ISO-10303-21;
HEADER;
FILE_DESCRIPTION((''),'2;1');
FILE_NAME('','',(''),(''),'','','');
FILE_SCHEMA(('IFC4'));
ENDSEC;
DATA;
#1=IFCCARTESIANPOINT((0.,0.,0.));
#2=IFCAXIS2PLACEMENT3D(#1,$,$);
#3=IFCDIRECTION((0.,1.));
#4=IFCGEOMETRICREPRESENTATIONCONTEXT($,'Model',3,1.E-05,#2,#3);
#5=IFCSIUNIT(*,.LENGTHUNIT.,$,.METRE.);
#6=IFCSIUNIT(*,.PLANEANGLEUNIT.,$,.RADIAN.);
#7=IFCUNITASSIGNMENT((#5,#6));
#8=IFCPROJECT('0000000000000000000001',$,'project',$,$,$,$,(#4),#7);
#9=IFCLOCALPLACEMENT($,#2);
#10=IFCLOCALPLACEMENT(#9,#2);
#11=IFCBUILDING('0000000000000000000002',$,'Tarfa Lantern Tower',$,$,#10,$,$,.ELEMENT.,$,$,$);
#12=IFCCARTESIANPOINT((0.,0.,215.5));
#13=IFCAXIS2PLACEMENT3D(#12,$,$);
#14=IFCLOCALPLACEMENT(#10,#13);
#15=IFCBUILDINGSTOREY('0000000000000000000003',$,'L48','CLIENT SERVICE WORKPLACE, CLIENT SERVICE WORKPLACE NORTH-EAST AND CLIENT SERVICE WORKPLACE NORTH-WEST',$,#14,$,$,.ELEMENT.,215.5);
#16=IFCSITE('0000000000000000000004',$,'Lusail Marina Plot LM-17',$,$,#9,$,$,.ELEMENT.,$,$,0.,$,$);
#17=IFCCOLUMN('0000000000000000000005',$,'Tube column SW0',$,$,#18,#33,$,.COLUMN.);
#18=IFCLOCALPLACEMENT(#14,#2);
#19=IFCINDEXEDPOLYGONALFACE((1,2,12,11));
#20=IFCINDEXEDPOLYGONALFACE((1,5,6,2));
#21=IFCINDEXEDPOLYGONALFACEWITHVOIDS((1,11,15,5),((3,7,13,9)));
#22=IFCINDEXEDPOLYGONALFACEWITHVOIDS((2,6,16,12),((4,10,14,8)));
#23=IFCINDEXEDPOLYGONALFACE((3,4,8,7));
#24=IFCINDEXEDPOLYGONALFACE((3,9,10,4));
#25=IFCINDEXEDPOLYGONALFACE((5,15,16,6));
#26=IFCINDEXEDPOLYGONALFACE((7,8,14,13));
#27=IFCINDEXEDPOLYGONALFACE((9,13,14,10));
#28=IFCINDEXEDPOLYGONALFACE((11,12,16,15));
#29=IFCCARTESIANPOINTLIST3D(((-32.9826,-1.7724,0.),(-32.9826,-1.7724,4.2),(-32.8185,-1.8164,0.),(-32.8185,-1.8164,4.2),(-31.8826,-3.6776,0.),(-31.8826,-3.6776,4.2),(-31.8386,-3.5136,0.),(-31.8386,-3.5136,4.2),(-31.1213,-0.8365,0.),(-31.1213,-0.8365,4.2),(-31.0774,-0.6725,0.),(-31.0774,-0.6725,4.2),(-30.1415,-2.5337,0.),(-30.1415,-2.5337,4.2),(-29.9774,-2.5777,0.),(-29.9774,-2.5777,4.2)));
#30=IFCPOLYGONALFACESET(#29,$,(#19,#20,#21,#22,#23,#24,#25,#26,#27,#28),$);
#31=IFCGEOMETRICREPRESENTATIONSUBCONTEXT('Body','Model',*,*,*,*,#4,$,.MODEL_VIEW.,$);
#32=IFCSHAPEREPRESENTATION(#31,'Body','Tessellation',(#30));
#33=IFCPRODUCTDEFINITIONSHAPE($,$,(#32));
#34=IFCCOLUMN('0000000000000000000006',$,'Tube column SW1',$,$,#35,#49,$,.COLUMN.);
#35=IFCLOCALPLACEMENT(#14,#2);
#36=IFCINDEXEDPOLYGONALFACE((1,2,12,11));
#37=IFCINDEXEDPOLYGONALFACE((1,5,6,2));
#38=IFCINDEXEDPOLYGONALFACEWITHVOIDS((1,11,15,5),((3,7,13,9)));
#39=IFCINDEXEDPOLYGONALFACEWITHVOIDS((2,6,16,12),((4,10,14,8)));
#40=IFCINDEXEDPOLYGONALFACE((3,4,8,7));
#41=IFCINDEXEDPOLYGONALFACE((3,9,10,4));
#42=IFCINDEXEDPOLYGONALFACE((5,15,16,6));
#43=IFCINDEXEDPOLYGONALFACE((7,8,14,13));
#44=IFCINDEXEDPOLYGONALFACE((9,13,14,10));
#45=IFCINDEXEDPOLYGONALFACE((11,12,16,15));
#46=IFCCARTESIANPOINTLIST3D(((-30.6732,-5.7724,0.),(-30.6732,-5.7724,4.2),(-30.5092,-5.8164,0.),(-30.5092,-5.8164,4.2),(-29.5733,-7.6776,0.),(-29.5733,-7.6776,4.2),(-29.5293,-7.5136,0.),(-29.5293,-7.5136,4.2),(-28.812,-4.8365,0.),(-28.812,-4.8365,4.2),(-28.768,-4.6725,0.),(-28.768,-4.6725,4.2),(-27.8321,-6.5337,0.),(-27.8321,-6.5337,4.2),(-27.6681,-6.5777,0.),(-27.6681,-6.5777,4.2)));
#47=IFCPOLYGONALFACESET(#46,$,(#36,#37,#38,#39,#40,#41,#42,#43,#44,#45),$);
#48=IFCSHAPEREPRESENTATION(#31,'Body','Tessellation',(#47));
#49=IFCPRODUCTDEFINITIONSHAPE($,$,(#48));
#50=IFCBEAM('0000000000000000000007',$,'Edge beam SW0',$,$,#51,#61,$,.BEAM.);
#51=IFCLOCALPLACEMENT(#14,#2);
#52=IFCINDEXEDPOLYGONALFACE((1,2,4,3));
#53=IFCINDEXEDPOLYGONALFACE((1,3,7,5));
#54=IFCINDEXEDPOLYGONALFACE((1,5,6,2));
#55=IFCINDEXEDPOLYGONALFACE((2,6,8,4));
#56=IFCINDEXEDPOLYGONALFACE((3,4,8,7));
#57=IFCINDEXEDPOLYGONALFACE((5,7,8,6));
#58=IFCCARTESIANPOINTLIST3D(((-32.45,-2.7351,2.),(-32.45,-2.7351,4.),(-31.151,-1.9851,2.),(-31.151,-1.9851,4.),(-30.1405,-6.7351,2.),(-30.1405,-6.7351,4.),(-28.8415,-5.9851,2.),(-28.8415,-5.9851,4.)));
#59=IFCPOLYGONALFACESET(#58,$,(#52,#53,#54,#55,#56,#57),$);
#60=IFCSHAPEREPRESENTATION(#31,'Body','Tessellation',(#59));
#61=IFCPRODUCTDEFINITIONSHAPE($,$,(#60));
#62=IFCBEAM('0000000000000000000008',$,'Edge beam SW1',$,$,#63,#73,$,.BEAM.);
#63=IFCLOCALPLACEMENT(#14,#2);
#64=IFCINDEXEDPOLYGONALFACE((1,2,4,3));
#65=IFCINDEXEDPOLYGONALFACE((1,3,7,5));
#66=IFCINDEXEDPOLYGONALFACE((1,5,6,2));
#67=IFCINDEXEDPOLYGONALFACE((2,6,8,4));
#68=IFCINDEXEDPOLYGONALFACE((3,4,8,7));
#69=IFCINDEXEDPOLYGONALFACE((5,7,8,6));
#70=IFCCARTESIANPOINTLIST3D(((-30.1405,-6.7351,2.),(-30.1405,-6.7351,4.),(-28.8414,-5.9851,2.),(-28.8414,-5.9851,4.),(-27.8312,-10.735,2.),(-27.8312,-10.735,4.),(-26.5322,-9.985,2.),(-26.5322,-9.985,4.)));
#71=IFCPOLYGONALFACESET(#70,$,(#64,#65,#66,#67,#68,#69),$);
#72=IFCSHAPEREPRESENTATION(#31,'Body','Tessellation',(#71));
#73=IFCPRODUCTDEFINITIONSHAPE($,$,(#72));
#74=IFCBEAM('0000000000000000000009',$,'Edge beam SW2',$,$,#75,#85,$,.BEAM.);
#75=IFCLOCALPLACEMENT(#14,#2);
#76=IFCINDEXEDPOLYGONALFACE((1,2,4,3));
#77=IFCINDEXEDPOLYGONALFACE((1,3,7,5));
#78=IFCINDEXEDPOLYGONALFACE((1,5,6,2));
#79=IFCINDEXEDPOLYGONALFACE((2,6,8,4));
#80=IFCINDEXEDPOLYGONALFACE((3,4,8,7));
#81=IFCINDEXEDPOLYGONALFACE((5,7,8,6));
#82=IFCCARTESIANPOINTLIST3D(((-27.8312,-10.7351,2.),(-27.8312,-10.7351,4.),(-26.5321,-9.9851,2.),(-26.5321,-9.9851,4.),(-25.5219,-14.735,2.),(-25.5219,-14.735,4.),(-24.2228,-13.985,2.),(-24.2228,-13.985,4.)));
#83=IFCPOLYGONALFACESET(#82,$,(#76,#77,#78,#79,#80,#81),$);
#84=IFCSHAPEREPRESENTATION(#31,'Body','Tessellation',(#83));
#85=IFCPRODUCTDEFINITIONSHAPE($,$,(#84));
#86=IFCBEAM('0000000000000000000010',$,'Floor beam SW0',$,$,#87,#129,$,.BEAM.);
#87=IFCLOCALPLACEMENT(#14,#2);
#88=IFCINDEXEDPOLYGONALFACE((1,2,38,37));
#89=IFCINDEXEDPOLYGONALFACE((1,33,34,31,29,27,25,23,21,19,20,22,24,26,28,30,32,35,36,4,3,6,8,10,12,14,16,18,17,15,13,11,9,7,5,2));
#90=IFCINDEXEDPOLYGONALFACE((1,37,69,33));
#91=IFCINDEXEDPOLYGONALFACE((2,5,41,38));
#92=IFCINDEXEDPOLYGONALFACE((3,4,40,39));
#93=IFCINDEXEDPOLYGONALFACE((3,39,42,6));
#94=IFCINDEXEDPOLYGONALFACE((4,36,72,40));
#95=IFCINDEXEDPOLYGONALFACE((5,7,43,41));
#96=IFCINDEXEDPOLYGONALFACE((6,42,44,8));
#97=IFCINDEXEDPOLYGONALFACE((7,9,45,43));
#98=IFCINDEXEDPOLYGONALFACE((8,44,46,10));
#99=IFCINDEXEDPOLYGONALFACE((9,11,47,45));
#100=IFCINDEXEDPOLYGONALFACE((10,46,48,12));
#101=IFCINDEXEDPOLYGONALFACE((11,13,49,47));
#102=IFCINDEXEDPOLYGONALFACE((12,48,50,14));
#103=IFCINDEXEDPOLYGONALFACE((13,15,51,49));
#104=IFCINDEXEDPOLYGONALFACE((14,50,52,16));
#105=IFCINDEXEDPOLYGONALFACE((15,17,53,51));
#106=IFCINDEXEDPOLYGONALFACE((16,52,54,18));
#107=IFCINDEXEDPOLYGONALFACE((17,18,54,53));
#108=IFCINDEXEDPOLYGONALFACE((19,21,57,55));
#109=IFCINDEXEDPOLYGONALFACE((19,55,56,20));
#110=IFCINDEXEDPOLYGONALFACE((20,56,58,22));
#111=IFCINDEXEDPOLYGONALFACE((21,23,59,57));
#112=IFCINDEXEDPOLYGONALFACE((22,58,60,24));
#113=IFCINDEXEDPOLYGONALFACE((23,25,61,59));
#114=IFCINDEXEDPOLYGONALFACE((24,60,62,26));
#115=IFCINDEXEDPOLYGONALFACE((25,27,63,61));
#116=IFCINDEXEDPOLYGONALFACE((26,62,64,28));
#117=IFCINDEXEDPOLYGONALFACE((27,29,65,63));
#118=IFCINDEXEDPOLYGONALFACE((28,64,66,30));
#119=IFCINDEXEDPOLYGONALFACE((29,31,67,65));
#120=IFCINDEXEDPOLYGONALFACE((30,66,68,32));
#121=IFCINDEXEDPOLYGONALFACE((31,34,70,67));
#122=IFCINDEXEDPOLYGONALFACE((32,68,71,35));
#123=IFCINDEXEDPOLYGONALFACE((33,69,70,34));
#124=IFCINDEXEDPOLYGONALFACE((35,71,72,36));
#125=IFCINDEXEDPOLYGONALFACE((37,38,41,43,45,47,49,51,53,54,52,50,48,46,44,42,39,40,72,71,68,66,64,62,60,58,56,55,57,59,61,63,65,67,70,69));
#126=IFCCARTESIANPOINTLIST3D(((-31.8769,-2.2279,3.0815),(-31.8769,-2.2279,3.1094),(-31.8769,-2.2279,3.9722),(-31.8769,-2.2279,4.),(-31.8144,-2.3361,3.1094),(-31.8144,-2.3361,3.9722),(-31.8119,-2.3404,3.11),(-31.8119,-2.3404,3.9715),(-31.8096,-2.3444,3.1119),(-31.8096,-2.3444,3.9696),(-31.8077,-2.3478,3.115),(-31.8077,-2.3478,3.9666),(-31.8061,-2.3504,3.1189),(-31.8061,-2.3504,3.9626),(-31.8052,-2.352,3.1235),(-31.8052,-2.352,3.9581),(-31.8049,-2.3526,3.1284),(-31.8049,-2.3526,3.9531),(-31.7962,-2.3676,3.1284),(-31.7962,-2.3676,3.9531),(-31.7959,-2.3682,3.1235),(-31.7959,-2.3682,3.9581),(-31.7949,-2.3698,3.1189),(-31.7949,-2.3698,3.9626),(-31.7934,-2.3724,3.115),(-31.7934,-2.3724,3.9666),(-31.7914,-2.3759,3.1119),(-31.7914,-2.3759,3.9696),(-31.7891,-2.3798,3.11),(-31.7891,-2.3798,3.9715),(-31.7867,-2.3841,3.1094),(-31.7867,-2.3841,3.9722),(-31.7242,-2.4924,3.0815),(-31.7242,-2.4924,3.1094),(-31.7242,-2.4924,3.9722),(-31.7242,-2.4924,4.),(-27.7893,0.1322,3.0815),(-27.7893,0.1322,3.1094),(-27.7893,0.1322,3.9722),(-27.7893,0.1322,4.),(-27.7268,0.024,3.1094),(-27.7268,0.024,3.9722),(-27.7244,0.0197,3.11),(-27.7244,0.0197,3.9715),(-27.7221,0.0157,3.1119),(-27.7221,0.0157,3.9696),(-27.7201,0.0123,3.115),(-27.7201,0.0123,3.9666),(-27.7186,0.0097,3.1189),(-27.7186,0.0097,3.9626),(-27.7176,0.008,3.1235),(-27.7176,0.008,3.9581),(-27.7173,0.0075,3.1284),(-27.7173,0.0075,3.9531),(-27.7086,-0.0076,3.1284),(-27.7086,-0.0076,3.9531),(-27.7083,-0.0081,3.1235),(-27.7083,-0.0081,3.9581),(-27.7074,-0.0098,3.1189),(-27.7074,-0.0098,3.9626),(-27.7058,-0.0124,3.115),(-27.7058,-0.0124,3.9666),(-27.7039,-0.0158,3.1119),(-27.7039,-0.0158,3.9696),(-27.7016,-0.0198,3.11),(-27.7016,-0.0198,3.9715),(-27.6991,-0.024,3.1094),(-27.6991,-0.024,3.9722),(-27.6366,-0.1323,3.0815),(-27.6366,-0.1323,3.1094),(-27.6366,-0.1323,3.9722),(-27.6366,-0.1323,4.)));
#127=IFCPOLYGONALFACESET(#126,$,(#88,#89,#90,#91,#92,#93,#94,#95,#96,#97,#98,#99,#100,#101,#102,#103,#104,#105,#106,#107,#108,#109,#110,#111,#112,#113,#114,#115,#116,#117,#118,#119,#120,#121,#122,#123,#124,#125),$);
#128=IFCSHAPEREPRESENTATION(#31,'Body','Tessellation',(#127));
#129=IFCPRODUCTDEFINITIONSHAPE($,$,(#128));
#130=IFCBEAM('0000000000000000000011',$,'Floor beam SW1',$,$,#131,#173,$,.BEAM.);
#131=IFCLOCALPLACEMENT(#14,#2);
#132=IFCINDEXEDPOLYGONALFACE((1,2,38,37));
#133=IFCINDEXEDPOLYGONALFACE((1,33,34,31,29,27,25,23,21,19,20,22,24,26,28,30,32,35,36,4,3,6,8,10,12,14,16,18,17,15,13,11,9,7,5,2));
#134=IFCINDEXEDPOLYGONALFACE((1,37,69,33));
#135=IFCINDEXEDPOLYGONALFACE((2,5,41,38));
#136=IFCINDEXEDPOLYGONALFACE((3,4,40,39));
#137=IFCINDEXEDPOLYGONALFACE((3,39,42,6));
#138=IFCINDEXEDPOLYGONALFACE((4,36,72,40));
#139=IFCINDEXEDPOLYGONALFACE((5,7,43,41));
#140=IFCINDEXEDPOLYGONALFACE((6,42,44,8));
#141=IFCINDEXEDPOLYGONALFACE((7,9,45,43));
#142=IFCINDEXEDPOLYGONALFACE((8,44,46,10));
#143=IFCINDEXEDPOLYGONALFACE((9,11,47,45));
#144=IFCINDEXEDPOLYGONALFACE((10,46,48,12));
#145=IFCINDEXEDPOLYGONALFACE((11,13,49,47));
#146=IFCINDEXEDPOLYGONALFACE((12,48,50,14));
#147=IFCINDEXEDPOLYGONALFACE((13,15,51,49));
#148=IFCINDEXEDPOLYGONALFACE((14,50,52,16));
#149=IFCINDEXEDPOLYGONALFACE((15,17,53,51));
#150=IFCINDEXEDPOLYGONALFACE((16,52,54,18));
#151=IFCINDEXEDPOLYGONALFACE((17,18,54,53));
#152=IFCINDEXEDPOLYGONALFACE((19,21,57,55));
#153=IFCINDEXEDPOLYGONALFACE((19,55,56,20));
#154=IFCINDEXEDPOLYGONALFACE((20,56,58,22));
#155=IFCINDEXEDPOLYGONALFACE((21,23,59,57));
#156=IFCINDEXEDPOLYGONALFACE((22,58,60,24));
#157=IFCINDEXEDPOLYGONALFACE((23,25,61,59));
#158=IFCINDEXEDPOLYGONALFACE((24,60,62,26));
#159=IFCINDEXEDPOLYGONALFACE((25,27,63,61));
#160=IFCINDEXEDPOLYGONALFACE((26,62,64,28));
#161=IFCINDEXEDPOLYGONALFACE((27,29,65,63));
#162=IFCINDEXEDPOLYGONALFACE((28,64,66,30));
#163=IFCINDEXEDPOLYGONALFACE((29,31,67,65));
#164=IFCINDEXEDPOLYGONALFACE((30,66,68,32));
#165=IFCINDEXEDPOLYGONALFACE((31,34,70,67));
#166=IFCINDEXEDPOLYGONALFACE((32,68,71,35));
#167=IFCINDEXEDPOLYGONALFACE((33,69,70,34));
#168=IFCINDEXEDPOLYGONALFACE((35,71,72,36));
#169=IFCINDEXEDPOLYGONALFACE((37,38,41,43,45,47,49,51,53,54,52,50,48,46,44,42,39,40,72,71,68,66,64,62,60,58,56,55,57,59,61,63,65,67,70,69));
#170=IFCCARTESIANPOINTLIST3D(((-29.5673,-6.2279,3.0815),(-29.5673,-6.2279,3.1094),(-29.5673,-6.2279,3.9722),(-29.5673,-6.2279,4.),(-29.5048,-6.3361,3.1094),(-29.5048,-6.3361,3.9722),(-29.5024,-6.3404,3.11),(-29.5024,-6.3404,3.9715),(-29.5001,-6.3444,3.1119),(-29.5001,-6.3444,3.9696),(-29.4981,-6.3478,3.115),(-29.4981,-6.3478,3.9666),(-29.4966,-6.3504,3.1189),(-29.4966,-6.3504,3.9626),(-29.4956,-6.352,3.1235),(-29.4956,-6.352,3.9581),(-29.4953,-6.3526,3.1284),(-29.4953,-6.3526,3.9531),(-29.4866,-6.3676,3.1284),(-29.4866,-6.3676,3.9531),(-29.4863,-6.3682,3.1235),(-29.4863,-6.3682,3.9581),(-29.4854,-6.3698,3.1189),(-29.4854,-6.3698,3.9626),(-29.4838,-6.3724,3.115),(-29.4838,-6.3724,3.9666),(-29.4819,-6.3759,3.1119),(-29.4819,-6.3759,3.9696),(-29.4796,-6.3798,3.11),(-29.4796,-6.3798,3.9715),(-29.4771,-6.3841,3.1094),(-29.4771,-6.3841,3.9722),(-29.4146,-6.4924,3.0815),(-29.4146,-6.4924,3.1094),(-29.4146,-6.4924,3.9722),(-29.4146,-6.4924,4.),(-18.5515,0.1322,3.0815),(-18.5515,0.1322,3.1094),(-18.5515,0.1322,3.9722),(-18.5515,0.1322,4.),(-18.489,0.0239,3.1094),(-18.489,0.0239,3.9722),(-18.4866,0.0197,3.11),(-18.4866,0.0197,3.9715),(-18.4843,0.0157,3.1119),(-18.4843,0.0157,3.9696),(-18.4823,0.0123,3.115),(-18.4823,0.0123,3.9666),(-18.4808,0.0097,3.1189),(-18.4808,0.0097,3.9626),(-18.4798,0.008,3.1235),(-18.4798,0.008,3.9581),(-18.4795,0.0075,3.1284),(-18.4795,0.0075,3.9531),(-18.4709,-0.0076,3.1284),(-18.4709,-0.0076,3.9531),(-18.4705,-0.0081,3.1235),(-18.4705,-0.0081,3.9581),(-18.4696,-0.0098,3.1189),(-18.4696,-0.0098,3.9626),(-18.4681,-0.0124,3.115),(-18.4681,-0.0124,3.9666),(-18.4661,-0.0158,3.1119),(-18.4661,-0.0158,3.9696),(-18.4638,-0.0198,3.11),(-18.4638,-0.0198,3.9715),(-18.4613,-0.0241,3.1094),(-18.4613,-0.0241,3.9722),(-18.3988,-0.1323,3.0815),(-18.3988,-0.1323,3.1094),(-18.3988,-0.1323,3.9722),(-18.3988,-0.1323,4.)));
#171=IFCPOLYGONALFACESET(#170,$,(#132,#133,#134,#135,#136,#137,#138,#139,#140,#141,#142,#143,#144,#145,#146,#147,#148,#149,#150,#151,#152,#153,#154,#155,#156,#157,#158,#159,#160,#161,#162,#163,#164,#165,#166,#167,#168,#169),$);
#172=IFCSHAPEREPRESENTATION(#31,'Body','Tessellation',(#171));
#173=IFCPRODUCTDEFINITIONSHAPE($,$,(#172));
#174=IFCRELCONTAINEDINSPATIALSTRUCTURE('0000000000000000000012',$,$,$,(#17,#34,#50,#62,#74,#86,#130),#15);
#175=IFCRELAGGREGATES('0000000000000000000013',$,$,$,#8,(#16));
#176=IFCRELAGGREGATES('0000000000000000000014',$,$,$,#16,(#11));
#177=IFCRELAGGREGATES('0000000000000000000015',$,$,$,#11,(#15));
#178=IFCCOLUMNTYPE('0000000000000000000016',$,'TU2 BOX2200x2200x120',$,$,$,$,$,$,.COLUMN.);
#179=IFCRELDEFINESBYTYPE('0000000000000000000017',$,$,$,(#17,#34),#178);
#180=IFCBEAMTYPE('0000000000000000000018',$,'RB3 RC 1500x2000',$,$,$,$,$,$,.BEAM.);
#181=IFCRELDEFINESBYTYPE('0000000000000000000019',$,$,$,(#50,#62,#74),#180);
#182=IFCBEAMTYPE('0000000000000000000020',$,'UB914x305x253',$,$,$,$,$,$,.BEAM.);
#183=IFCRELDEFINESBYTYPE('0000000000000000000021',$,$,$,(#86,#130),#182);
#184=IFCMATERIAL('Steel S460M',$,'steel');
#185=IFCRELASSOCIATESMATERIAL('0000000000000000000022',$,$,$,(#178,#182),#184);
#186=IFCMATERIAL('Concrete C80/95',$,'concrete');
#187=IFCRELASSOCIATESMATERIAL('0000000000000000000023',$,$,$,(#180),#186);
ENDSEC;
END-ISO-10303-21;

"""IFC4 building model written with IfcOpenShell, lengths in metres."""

from ifc_helpers import new_model, si_unit, direction, frame, origin, origin_2d, place, context, subcontext, project, spatial, rectangle, hollow_rectangle, i_section, extrude, material, material_profile, profile_set, type_object, element, save


model = new_model("IFC4")

# Units and contexts
model_context = context("Model", 3, precision=1e-05, world=origin(), true_north=direction((0.0, 1.0)))
body_context = subcontext(model_context, "Body", "Model", "MODEL_VIEW")
ifc_project = project(units=[si_unit("LENGTHUNIT", "METRE"), si_unit("PLANEANGLEUNIT", "RADIAN")], contexts=[model_context])

# Site, building, storey
site_placement = place(None, origin())
site = spatial("IfcSite", under=ifc_project, at=site_placement, Name="Lusail Marina Plot LM-17", CompositionType="ELEMENT", RefElevation=0.0)
building_placement = place(site_placement, origin())
building = spatial("IfcBuilding", under=site, at=building_placement, Name="Tarfa Lantern Tower", CompositionType="ELEMENT")
storey_placement = place(building_placement, frame((0.0, 0.0, 215.5)))
storey = spatial("IfcBuildingStorey", under=building, at=storey_placement, Name="L48", Description="CLIENT SERVICE WORKPLACE, CLIENT SERVICE WORKPLACE NORTH-EAST AND CLIENT SERVICE WORKPLACE NORTH-WEST", CompositionType="ELEMENT", Elevation=215.5)

# Columns
ifc_material_1 = material(Name="Steel S460M", Category="steel")
ifc_material_profile_1 = material_profile(ifc_material_1, hollow_rectangle(XDim=2.2, YDim=2.2, WallThickness=0.1201, at=origin_2d()), Name="BOX2200x2200x120")
ifc_profile_set_1 = profile_set([ifc_material_profile_1], Name="Steel S460M")
column_type = type_object("IfcColumnType", Name="TU2 BOX2200x2200x120", PredefinedType="COLUMN", material=ifc_profile_set_1)
for number, where, z_axis, x_axis, name in (
    (1, (-31.48, -2.175, 0.0), (0.0, 0.0, 1.0), (0.5, -0.866025, 0.0), "Tube column SW0"),
    (2, (-29.1707, -6.175, 0.0), (0.0, 0.0, 1.0), (0.5, -0.866025, 0.0), "Tube column SW1"),
):
    element("IfcColumn", number, at=place(storey_placement, frame(where, z_axis=z_axis, x_axis=x_axis)), inside=storey, type_object=column_type, Name=name, PredefinedType="COLUMN", context=body_context, shape_type="SweptSolid", body=[
        extrude(hollow_rectangle(XDim=2.2, YDim=2.2, WallThickness=0.1201, at=origin_2d()), origin(), (0.0, 0.0, 1.0), 4.2),
    ])

# Beams
ifc_material_2 = material(Name="Concrete C80/95", Category="concrete")
ifc_material_profile_2 = material_profile(ifc_material_2, rectangle(XDim=1.5, YDim=2.0, at=origin_2d()), Name="RC 1500x2000")
ifc_profile_set_2 = profile_set([ifc_material_profile_2], Name="Concrete C80/95")
beam_type_1 = type_object("IfcBeamType", Name="RB3 RC 1500x2000", PredefinedType="BEAM", material=ifc_profile_set_2)
beam_1_placement = place(storey_placement, frame((-31.8005, -2.3601, 3.0), z_axis=(0.500027, -0.86601, 0.0), x_axis=(0.86601, 0.500027, 0.0)))
element("IfcBeam", 3, at=beam_1_placement, inside=storey, type_object=beam_type_1, Name="Edge beam SW0", PredefinedType="BEAM", context=body_context, shape_type="SweptSolid", body=[
    extrude(rectangle(XDim=1.5, YDim=2.0, at=origin_2d()), origin(), (0.0, 0.0, 1.0), 4.6189),
])
for number, where, z_axis, x_axis, name in (
    (4, (-29.491, -6.3601, 3.0), (0.499988, -0.866032, 0.0), (0.866032, 0.499988, 0.0), "Edge beam SW1"),
    (5, (-27.1816, -10.3601, 3.0), (0.499988, -0.866032, 0.0), (0.866032, 0.499988, 0.0), "Edge beam SW2"),
):
    element("IfcBeam", number, at=place(storey_placement, frame(where, z_axis=z_axis, x_axis=x_axis)), inside=storey, type_object=beam_type_1, Name=name, PredefinedType="BEAM", context=body_context, shape_type="SweptSolid", body=[
        extrude(rectangle(XDim=1.5, YDim=2.0, at=origin_2d()), origin(), (0.0, 0.0, 1.0), 4.6187),
    ])
ifc_material_profile_3 = material_profile(ifc_material_1, i_section(OverallWidth=0.3054, OverallDepth=0.9185, WebThickness=0.0173, FlangeThickness=0.0278, FilletRadius=0.019, at=origin_2d()), Name="UB914x305x253")
ifc_profile_set_3 = profile_set([ifc_material_profile_3], Name="Steel S460M")
beam_type_2 = type_object("IfcBeamType", Name="UB914x305x253", PredefinedType="BEAM", material=ifc_profile_set_3)
beam_2_placement = place(storey_placement, frame((-31.8005, -2.3601, 3.5408), z_axis=(0.866016, 0.500016, 0.0), x_axis=(-0.500016, 0.866016, 0.0)))
element("IfcBeam", 6, at=beam_2_placement, inside=storey, type_object=beam_type_2, Name="Floor beam SW0", PredefinedType="BEAM", context=body_context, shape_type="SweptSolid", body=[
    extrude(i_section(OverallWidth=0.3054, OverallDepth=0.9185, WebThickness=0.0173, FlangeThickness=0.0278, FilletRadius=0.019, at=origin_2d()), origin(), (0.0, 0.0, 1.0), 4.72),
])
beam_3_placement = place(storey_placement, frame((-29.491, -6.3601, 3.5408), z_axis=(0.866022, 0.500005, 0.0), x_axis=(-0.500005, 0.866022, 0.0)))
element("IfcBeam", 7, at=beam_3_placement, inside=storey, type_object=beam_type_2, Name="Floor beam SW1", PredefinedType="BEAM", context=body_context, shape_type="SweptSolid", body=[
    extrude(i_section(OverallWidth=0.3054, OverallDepth=0.9185, WebThickness=0.0173, FlangeThickness=0.0278, FilletRadius=0.019, at=origin_2d()), origin(), (0.0, 0.0, 1.0), 12.72),
])

save(model, "model.ifc")
